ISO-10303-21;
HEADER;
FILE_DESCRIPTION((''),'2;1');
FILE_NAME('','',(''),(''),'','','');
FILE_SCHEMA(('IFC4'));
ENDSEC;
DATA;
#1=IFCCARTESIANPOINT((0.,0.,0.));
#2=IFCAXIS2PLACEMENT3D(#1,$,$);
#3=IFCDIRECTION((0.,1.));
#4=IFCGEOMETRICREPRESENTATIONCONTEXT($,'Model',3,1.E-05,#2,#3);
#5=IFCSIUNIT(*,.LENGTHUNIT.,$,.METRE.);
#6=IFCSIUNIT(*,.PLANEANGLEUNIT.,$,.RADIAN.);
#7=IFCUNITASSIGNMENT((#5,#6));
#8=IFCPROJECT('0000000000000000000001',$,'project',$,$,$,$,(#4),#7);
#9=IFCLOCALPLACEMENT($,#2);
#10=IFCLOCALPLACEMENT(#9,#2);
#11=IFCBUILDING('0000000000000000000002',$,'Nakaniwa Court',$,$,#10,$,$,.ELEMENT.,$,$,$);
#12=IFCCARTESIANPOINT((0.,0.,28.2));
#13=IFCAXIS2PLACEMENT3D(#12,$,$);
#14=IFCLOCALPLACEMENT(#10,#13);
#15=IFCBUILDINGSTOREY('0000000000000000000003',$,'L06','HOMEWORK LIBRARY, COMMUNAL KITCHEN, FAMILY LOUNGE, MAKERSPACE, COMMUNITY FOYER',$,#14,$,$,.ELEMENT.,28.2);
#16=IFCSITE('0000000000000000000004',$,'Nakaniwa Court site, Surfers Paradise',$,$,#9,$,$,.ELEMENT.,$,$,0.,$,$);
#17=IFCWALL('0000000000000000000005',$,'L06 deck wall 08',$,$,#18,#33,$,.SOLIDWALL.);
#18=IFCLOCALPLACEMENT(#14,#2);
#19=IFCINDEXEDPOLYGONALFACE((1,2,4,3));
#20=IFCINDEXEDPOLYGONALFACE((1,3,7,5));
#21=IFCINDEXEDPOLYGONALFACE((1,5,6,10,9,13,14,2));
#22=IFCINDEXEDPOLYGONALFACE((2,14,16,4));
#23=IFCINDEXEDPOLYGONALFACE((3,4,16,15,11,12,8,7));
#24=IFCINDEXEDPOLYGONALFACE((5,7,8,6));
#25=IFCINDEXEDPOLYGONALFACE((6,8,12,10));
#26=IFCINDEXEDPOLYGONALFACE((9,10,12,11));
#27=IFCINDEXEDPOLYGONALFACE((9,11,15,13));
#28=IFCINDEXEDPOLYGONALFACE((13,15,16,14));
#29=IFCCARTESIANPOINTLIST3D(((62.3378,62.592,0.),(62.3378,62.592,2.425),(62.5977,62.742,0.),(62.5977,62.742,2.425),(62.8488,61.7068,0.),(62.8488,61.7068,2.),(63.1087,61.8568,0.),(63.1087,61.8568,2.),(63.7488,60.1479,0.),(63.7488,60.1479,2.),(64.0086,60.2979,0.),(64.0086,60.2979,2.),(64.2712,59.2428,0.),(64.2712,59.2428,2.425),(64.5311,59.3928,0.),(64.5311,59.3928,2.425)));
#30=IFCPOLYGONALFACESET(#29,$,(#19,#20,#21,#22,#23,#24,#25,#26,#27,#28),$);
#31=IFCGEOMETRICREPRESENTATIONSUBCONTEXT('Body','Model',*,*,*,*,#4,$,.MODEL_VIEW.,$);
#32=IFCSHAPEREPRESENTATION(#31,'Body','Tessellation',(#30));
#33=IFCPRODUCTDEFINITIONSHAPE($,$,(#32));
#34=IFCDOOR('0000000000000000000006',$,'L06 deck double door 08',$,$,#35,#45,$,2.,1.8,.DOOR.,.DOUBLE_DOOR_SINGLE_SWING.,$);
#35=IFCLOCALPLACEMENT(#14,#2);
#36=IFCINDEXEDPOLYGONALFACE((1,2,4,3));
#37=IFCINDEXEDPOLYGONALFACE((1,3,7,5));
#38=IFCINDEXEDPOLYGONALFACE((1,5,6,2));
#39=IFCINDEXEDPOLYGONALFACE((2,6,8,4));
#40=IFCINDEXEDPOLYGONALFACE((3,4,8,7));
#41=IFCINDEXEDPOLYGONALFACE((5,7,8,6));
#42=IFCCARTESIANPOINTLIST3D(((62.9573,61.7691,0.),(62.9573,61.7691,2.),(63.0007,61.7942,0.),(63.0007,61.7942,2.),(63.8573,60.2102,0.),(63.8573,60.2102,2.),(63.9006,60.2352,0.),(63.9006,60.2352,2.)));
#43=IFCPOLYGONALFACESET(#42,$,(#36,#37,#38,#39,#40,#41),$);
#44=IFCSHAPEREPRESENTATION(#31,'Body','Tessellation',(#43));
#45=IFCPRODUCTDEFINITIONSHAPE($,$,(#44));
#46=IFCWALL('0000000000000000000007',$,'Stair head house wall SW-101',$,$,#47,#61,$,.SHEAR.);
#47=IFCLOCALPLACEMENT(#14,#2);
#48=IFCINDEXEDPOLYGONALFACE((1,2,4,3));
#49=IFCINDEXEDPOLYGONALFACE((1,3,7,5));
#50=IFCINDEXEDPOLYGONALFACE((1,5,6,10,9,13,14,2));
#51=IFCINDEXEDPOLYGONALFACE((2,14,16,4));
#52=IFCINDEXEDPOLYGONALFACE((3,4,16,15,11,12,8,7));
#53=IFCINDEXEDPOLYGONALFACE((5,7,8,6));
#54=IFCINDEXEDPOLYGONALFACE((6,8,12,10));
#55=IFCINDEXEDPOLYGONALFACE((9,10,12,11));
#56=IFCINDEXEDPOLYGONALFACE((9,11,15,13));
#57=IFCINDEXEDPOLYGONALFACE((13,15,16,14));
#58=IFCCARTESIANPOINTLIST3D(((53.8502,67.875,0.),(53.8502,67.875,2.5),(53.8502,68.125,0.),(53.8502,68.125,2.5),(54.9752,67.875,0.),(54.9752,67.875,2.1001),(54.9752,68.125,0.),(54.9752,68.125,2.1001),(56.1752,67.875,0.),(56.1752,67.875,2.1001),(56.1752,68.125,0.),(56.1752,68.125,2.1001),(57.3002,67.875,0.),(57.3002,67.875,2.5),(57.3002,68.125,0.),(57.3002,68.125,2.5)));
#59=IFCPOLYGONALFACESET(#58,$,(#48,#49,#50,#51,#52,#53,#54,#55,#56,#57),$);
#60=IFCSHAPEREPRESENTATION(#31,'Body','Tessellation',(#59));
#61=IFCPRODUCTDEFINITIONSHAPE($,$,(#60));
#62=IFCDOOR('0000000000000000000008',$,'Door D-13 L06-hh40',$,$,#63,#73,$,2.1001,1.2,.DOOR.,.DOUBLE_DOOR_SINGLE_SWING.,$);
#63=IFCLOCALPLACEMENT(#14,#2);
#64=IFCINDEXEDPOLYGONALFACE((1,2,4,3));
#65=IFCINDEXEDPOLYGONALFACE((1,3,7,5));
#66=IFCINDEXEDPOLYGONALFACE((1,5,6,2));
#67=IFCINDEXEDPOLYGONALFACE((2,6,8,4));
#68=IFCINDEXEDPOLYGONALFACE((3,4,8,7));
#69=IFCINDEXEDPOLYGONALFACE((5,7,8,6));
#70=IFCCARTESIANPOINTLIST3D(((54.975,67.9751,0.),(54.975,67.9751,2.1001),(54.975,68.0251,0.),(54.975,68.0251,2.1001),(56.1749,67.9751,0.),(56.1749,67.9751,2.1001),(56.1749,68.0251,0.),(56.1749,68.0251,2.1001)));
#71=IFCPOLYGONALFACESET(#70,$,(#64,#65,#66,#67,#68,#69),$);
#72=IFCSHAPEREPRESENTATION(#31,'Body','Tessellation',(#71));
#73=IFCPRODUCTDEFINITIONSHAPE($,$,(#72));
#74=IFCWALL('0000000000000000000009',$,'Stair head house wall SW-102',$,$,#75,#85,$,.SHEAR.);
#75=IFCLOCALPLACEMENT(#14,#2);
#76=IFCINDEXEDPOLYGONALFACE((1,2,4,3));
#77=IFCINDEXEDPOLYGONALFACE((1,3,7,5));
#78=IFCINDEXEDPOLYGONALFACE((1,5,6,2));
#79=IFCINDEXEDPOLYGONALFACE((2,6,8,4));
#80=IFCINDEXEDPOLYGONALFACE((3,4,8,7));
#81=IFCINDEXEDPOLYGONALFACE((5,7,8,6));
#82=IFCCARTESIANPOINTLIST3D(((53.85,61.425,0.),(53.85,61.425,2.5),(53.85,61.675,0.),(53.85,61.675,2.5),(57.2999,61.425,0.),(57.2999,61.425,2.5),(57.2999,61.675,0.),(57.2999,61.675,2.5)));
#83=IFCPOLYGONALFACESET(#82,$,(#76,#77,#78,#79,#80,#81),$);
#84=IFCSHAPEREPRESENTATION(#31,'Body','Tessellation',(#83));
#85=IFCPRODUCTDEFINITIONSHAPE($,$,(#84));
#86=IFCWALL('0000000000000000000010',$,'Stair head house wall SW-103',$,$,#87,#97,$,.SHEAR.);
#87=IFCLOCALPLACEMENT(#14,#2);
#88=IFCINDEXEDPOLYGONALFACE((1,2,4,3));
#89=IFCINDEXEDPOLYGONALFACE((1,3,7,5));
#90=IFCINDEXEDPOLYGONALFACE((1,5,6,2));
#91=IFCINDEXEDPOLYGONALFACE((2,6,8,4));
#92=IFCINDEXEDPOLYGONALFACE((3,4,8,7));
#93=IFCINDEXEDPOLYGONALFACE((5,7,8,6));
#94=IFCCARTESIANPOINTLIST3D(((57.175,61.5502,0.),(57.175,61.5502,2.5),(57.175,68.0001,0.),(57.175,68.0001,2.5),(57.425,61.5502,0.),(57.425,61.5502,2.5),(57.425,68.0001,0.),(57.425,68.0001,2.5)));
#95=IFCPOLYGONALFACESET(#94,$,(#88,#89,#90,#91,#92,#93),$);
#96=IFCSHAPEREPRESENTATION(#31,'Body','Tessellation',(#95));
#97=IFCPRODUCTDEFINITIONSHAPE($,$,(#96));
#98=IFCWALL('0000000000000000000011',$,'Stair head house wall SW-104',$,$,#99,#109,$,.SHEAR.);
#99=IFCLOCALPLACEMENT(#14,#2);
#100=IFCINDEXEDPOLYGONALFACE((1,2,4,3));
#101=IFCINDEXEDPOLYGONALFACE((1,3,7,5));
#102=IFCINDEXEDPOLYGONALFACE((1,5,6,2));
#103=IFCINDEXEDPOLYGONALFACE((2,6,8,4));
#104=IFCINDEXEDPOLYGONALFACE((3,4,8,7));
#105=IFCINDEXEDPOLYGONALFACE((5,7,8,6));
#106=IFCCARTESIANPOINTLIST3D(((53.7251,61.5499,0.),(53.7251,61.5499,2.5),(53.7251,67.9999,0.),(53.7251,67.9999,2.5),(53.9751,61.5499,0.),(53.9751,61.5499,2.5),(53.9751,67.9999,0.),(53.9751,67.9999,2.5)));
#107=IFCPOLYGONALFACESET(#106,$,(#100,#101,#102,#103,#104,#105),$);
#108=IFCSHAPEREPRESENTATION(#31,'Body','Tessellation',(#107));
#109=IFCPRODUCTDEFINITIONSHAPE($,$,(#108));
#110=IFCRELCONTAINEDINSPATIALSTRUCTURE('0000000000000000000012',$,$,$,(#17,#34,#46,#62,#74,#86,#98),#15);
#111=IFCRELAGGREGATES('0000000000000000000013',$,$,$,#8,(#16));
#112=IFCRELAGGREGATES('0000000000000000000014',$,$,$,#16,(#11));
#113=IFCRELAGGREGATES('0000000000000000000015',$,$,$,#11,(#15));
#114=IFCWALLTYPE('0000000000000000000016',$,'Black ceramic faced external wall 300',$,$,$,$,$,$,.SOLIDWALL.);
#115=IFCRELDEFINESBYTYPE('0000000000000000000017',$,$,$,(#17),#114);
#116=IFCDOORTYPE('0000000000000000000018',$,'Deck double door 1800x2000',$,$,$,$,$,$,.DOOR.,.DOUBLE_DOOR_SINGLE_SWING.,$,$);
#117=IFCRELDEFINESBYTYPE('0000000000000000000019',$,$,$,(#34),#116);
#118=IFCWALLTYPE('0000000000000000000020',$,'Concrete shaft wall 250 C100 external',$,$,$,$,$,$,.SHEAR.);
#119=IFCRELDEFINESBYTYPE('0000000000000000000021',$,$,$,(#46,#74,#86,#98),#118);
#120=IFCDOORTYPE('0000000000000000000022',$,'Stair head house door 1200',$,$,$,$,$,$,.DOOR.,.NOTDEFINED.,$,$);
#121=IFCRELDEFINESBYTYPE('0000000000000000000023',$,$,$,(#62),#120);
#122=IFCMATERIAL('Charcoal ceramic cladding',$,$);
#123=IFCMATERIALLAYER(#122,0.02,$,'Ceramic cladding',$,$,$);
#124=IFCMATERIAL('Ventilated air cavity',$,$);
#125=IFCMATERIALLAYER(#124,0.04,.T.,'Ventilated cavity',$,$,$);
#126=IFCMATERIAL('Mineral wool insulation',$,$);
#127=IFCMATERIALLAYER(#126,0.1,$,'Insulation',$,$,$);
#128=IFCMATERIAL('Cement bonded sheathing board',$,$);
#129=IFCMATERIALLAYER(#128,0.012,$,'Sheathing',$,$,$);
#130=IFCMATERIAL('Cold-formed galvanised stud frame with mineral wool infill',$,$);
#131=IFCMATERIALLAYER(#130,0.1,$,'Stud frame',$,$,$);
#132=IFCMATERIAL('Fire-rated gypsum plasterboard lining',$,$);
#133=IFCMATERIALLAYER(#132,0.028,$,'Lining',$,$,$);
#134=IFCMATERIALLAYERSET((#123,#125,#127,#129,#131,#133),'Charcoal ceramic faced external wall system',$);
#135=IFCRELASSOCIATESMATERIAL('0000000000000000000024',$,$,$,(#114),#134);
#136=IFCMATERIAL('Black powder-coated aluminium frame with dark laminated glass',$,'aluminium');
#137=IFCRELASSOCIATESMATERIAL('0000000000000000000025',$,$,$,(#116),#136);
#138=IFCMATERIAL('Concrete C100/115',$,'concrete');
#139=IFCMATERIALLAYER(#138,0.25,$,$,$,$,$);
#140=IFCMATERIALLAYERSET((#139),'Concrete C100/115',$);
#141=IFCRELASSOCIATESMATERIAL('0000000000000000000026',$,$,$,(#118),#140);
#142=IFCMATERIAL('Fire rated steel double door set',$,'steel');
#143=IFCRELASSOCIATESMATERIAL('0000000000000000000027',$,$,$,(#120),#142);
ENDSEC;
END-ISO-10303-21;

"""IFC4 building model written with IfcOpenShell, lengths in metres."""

from ifc_helpers import new_model, si_unit, direction, frame, frame_2d, origin, place, context, subcontext, project, spatial, rectangle, extrude, material, layer, layer_set, type_object, element, fill, save


model = new_model("IFC4")

# Units and contexts
model_context = context("Model", 3, precision=1e-05, world=origin(), true_north=direction((0.0, 1.0)))
body_context = subcontext(model_context, "Body", "Model", "MODEL_VIEW")
ifc_project = project(units=[si_unit("LENGTHUNIT", "METRE"), si_unit("PLANEANGLEUNIT", "RADIAN")], contexts=[model_context])

# Site, building, storey
site_placement = place(None, origin())
site = spatial("IfcSite", under=ifc_project, at=site_placement, Name="Nakaniwa Court site, Surfers Paradise", CompositionType="ELEMENT", RefElevation=0.0)
building_placement = place(site_placement, origin())
building = spatial("IfcBuilding", under=site, at=building_placement, Name="Nakaniwa Court", CompositionType="ELEMENT")
storey_placement = place(building_placement, frame((0.0, 0.0, 28.2)))
storey = spatial("IfcBuildingStorey", under=building, at=storey_placement, Name="L06", Description="HOMEWORK LIBRARY, COMMUNAL KITCHEN, FAMILY LOUNGE, MAKERSPACE, COMMUNITY FOYER", CompositionType="ELEMENT", Elevation=28.2)

# Shared definitions
ifc_material_1 = material(Name="Concrete C100/115", Category="concrete")

# Walls, openings, doors
ifc_material_2 = material(Name="Charcoal ceramic cladding")
ifc_layer_1 = layer(ifc_material_2, 0.02, Name="Ceramic cladding")
ifc_material_3 = material(Name="Ventilated air cavity")
ifc_layer_2 = layer(ifc_material_3, 0.04, ventilated=True, Name="Ventilated cavity")
ifc_material_4 = material(Name="Mineral wool insulation")
ifc_layer_3 = layer(ifc_material_4, 0.1, Name="Insulation")
ifc_material_5 = material(Name="Cement bonded sheathing board")
ifc_layer_4 = layer(ifc_material_5, 0.012, Name="Sheathing")
ifc_material_6 = material(Name="Cold-formed galvanised stud frame with mineral wool infill")
ifc_layer_5 = layer(ifc_material_6, 0.1, Name="Stud frame")
ifc_material_7 = material(Name="Fire-rated gypsum plasterboard lining")
ifc_layer_6 = layer(ifc_material_7, 0.028, Name="Lining")
ifc_layer_set_1 = layer_set([ifc_layer_1, ifc_layer_2, ifc_layer_3, ifc_layer_4, ifc_layer_5, ifc_layer_6], Name="Charcoal ceramic faced external wall system")
wall_type_1 = type_object("IfcWallType", Name="Black ceramic faced external wall 300", PredefinedType="SOLIDWALL", material=ifc_layer_set_1)
ifc_material_8 = material(Name="Black powder-coated aluminium frame with dark laminated glass", Category="aluminium")
door_type_1 = type_object("IfcDoorType", Name="Deck double door 1800x2000", OperationType="DOUBLE_DOOR_SINGLE_SWING", PredefinedType="DOOR", material=ifc_material_8)
wall_1_placement = place(storey_placement, frame((62.4678, 62.667, 0.0), z_axis=(0.0, 0.0, 1.0), x_axis=(0.499948, -0.866055, 0.0)))
wall_1 = element("IfcWall", 1, at=wall_1_placement, inside=storey, type_object=wall_type_1, Name="L06 deck wall 08", PredefinedType="SOLIDWALL", context=body_context, shape_type="SweptSolid", body=[
    extrude(rectangle(XDim=3.8672, YDim=0.3, at=frame_2d((1.9336, 0.0))), origin(), (0.0, 0.0, 1.0), 2.425),
])
opening_1_placement = place(wall_1_placement, frame((1.0222, 0.0, 0.0)))
opening_1 = element("IfcOpeningElement", 2, at=opening_1_placement, cuts=wall_1, PredefinedType="OPENING", context=body_context, shape_type="SweptSolid", body=[
    extrude(rectangle(XDim=1.8, YDim=2.0, at=frame_2d((0.8999, 1.0))), frame((0.0, 0.1599, 0.0), z_axis=(0.0, -1.0, 0.0), x_axis=(1.0, 0.0, 0.0)), (0.0, 0.0, 1.0), 0.3201),
])
door_1_placement = place(opening_1_placement, frame((1.8, 0.0, 0.0), z_axis=(0.0, 0.0, 1.0), x_axis=(-1.0, 0.0, 0.0)))
door_1 = element("IfcDoor", 3, at=door_1_placement, inside=storey, type_object=door_type_1, Name="L06 deck double door 08", OperationType="DOUBLE_DOOR_SINGLE_SWING", OverallHeight=2.0, OverallWidth=1.8, PredefinedType="DOOR", context=body_context, shape_type="SweptSolid", body=[
    extrude(rectangle(XDim=1.8, YDim=2.0, at=frame_2d((0.8999, 1.0))), frame((0.0, 0.0249, 0.0), z_axis=(0.0, -1.0, 0.0), x_axis=(1.0, 0.0, 0.0)), (0.0, 0.0, 1.0), 0.05),
])
fill(opening_1, door_1)
ifc_layer_7 = layer(ifc_material_1, 0.25)
ifc_layer_set_2 = layer_set([ifc_layer_7], Name="Concrete C100/115")
wall_type_2 = type_object("IfcWallType", Name="Concrete shaft wall 250 C100 external", PredefinedType="SHEAR", material=ifc_layer_set_2)
wall_2_placement = place(storey_placement, frame((53.8501, 68.0, 0.0), z_axis=(0.0, 0.0, 1.0), x_axis=(1.0, 0.0, 0.0)))
wall_2 = element("IfcWall", 4, at=wall_2_placement, inside=storey, type_object=wall_type_2, Name="Stair head house wall SW-101", PredefinedType="SHEAR", context=body_context, shape_type="SweptSolid", body=[
    extrude(rectangle(XDim=3.45, YDim=0.25, at=frame_2d((1.7251, 0.0))), origin(), (0.0, 0.0, 1.0), 2.5),
])
opening_2_placement = place(wall_2_placement, frame((1.125, 0.0, 0.0)))
opening_2 = element("IfcOpeningElement", 5, at=opening_2_placement, cuts=wall_2, PredefinedType="OPENING", context=body_context, shape_type="SweptSolid", body=[
    extrude(rectangle(XDim=1.2, YDim=2.1001, at=frame_2d((0.6001, 1.05))), frame((0.0, 0.135, 0.0), z_axis=(0.0, -1.0, 0.0), x_axis=(1.0, 0.0, 0.0)), (0.0, 0.0, 1.0), 0.27),
])
ifc_material_9 = material(Name="Fire rated steel double door set", Category="steel")
door_type_2 = type_object("IfcDoorType", Name="Stair head house door 1200", OperationType="NOTDEFINED", PredefinedType="DOOR", material=ifc_material_9)
door_2_placement = place(opening_2_placement, frame((1.2, 0.0, 0.0), z_axis=(0.0, 0.0, 1.0), x_axis=(-1.0, 0.0, 0.0)))
door_2 = element("IfcDoor", 6, at=door_2_placement, inside=storey, type_object=door_type_2, Name="Door D-13 L06-hh40", OperationType="DOUBLE_DOOR_SINGLE_SWING", OverallHeight=2.1001, OverallWidth=1.2, PredefinedType="DOOR", context=body_context, shape_type="SweptSolid", body=[
    extrude(rectangle(XDim=1.2, YDim=2.1001, at=frame_2d((0.6001, 1.05))), frame((0.0, 0.0249, 0.0), z_axis=(0.0, -1.0, 0.0), x_axis=(1.0, 0.0, 0.0)), (0.0, 0.0, 1.0), 0.05),
])
fill(opening_2, door_2)

# Walls
wall_3_placement = place(storey_placement, frame((57.3, 61.55, 0.0), z_axis=(0.0, 0.0, 1.0), x_axis=(-1.0, 0.0, 0.0)))
element("IfcWall", 7, at=wall_3_placement, inside=storey, type_object=wall_type_2, Name="Stair head house wall SW-102", PredefinedType="SHEAR", context=body_context, shape_type="SweptSolid", body=[
    extrude(rectangle(XDim=3.45, YDim=0.25, at=frame_2d((1.7251, 0.0))), origin(), (0.0, 0.0, 1.0), 2.5),
])
for number, where, z_axis, x_axis, name in (
    (8, (57.3, 61.55, 0.0), (0.0, 0.0, 1.0), (0.0, 1.0, 0.0), "Stair head house wall SW-103"),
    (9, (53.8501, 68.0, 0.0), (0.0, 0.0, 1.0), (0.0, -1.0, 0.0), "Stair head house wall SW-104"),
):
    element("IfcWall", number, at=place(storey_placement, frame(where, z_axis=z_axis, x_axis=x_axis)), inside=storey, type_object=wall_type_2, Name=name, PredefinedType="SHEAR", context=body_context, shape_type="SweptSolid", body=[
        extrude(rectangle(XDim=6.45, YDim=0.25, at=frame_2d((3.2251, 0.0))), origin(), (0.0, 0.0, 1.0), 2.5),
    ])

save(model, "model.ifc")
